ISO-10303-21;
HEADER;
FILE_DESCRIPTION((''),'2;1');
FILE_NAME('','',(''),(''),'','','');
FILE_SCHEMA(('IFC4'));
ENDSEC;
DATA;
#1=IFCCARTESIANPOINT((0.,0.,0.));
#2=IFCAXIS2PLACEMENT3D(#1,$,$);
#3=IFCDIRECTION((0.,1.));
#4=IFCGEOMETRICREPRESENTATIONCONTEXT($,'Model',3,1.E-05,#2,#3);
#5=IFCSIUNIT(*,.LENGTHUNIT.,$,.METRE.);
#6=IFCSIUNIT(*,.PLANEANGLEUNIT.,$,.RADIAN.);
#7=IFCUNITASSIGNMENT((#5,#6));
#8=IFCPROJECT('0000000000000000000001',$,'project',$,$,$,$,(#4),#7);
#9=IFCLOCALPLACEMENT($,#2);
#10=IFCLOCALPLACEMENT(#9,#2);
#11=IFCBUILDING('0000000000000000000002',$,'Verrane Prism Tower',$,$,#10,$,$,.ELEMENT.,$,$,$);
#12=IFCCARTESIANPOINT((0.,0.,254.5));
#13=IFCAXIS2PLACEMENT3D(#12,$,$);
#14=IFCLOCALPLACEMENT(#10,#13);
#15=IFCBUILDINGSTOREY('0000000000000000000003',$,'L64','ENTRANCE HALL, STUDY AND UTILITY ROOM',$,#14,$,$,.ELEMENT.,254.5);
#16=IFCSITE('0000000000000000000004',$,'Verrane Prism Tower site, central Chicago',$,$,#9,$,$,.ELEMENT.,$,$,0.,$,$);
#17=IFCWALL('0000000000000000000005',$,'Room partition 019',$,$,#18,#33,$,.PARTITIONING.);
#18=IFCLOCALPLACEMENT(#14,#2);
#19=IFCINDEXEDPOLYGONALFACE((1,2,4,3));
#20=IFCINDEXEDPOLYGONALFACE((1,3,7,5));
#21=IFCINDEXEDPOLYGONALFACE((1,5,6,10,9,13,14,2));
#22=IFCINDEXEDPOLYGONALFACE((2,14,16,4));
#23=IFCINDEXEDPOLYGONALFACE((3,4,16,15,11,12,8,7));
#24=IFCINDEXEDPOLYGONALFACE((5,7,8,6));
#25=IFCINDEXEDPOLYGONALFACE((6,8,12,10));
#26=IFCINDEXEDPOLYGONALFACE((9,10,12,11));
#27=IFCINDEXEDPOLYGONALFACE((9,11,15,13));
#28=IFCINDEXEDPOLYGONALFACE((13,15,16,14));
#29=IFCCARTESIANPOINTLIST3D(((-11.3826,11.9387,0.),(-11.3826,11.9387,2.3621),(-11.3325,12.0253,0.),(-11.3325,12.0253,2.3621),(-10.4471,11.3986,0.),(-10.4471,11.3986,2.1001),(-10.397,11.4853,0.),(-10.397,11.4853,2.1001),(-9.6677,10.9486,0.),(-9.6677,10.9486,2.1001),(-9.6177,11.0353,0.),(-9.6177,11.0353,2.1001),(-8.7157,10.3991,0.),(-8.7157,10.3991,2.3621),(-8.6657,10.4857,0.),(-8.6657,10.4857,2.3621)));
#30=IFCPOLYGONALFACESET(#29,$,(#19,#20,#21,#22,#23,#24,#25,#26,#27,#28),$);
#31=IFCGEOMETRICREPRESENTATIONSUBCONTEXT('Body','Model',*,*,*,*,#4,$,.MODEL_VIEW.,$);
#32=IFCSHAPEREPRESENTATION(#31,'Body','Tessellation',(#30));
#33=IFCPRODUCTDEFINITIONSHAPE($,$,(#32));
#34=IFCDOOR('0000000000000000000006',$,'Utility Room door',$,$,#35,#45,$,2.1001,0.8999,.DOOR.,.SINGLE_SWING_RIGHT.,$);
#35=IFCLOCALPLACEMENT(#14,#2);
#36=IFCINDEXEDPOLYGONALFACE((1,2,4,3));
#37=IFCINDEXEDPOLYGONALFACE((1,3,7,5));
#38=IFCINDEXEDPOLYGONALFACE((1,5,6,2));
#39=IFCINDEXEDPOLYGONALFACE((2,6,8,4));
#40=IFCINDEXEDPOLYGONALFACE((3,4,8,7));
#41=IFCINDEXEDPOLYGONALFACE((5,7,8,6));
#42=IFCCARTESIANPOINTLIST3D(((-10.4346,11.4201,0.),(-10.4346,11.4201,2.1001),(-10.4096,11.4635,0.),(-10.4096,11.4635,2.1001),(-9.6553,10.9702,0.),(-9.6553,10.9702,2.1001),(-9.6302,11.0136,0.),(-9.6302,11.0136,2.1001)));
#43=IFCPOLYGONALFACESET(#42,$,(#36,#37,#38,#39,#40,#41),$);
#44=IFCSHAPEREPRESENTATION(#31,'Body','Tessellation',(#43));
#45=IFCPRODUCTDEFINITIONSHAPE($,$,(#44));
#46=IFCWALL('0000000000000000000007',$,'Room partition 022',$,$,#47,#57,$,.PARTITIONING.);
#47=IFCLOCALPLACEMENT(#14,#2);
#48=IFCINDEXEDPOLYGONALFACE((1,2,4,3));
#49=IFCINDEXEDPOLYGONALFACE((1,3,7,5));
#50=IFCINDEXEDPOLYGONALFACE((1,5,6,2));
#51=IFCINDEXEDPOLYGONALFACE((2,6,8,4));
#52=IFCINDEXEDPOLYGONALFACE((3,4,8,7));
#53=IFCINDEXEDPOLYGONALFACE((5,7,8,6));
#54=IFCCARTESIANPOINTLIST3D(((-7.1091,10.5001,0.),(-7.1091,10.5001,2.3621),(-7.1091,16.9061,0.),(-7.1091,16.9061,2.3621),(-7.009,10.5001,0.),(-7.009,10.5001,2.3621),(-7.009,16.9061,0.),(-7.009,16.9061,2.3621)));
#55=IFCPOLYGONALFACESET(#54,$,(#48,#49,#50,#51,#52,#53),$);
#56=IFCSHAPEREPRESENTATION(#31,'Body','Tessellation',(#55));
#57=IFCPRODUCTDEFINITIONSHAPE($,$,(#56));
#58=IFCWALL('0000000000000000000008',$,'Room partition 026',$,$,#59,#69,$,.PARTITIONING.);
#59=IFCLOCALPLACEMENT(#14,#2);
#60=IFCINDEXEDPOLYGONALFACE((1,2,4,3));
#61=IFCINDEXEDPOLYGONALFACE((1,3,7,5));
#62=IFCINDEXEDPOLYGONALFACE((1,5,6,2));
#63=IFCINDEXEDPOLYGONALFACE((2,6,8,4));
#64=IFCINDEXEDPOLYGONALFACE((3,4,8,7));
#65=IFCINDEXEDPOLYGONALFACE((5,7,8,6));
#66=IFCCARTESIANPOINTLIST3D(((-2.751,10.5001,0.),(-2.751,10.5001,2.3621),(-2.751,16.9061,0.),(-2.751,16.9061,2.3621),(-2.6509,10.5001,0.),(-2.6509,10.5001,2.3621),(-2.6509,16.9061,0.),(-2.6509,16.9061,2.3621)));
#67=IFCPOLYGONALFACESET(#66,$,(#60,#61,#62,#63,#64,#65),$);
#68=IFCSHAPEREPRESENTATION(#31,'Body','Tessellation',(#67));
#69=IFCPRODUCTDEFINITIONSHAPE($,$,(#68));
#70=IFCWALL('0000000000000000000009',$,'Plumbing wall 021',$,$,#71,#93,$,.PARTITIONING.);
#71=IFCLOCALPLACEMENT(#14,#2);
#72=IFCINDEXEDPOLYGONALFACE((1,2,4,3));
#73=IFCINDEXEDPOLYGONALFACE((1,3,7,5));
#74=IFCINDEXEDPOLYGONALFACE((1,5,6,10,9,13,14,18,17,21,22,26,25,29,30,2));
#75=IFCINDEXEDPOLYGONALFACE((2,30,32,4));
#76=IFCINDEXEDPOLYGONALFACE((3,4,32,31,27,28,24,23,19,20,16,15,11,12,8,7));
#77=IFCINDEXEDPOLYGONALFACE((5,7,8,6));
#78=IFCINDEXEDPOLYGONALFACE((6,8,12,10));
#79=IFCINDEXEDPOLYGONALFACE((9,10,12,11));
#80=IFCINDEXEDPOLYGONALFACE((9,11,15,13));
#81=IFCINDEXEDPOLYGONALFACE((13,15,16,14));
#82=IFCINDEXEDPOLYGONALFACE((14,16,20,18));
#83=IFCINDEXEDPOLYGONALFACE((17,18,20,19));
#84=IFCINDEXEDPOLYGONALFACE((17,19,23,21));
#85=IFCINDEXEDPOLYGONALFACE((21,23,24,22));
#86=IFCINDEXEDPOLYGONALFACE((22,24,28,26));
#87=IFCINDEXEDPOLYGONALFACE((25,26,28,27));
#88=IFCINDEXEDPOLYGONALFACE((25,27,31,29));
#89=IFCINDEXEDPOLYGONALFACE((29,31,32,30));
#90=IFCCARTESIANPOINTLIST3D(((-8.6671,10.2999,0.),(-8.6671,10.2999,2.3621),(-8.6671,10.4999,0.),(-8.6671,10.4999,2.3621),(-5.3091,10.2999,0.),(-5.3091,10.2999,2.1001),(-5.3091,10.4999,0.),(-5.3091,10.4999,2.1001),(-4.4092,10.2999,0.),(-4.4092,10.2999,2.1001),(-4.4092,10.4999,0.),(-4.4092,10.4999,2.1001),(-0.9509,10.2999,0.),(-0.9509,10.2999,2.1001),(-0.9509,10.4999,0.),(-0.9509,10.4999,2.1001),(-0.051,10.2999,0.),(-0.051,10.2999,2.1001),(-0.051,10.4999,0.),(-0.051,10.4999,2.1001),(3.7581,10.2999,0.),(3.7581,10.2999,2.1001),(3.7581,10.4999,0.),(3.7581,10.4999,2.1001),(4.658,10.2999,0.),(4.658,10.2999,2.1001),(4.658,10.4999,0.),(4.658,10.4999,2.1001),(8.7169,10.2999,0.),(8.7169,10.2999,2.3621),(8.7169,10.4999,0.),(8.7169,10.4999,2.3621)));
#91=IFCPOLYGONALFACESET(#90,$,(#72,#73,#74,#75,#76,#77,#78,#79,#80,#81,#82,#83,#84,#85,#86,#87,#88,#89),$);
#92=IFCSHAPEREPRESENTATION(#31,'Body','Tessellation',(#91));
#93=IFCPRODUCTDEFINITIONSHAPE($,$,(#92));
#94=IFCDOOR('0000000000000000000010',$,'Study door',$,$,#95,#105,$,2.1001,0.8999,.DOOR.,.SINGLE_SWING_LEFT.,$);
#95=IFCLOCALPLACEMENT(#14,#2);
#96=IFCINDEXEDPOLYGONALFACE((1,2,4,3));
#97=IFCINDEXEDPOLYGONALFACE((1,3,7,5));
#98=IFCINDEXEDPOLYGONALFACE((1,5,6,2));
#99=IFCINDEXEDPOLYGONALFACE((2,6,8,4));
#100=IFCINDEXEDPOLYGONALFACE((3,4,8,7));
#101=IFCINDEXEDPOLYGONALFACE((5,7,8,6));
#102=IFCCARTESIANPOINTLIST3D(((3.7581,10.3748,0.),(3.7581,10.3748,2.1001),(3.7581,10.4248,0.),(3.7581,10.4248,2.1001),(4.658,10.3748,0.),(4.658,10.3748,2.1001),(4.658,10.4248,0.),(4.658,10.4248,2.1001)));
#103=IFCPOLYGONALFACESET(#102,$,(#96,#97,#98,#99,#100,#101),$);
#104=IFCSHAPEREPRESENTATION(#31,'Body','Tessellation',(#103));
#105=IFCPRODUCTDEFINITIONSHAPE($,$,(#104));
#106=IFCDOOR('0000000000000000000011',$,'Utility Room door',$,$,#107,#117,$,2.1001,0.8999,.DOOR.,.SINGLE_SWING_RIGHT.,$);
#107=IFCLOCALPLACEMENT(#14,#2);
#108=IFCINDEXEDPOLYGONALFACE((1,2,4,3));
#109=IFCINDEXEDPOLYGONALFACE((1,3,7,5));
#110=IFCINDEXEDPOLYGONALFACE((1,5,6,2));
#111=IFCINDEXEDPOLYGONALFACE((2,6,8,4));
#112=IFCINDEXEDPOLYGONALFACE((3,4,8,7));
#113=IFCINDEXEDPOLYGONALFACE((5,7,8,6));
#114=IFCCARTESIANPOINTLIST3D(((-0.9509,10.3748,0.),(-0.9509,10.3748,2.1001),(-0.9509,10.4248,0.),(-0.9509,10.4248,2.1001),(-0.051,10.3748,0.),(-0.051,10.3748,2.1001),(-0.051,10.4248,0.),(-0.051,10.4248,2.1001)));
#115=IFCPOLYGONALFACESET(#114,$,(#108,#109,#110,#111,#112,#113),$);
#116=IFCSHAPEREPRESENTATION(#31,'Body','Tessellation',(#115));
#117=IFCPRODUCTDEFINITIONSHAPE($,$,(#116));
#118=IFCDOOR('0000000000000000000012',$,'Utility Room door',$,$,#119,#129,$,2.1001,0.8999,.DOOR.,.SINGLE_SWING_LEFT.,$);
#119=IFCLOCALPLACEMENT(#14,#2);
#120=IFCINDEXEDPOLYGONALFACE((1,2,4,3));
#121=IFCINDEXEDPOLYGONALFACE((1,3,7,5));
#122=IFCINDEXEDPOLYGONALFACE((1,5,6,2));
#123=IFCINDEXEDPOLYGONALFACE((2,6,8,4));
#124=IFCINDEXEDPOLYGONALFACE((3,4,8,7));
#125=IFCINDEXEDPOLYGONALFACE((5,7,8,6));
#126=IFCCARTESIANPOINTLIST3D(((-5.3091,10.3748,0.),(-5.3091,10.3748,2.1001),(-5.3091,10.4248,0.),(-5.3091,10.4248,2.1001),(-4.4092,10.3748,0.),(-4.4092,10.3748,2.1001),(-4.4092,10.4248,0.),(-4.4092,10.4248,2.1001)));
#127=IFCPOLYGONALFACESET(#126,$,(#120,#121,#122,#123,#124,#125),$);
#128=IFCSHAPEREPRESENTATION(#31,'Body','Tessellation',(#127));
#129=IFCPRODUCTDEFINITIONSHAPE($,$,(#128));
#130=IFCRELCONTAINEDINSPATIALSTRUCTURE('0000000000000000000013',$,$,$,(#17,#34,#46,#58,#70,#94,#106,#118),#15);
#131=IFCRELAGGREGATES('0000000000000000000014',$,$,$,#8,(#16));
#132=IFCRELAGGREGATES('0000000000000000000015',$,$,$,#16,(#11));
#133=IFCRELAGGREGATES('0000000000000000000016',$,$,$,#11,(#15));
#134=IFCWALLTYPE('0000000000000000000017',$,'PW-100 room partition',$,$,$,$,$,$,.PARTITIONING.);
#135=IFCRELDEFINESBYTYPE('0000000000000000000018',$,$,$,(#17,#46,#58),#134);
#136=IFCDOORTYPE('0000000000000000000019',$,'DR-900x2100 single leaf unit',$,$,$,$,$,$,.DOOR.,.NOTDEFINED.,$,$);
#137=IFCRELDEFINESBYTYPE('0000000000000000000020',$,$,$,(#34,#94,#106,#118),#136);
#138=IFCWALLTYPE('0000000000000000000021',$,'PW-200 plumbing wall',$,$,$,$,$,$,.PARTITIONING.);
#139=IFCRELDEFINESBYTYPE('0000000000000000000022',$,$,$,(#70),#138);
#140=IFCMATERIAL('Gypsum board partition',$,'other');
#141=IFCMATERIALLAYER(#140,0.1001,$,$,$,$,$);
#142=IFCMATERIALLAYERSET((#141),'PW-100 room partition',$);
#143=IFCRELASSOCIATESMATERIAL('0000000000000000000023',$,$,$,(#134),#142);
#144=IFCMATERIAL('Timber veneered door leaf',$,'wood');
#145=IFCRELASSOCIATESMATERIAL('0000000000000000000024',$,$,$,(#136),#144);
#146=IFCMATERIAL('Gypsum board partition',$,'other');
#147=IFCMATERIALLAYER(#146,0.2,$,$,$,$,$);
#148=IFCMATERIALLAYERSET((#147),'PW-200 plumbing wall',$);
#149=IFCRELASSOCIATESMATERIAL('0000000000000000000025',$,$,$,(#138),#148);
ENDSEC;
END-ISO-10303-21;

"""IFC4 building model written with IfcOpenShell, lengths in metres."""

from ifc_helpers import new_model, si_unit, direction, frame, frame_2d, origin, place, context, subcontext, project, spatial, rectangle, extrude, material, layer, layer_set, type_object, element, fill, save


model = new_model("IFC4")

# Units and contexts
model_context = context("Model", 3, precision=1e-05, world=origin(), true_north=direction((0.0, 1.0)))
body_context = subcontext(model_context, "Body", "Model", "MODEL_VIEW")
ifc_project = project(units=[si_unit("LENGTHUNIT", "METRE"), si_unit("PLANEANGLEUNIT", "RADIAN")], contexts=[model_context])

# Site, building, storey
site_placement = place(None, origin())
site = spatial("IfcSite", under=ifc_project, at=site_placement, Name="Verrane Prism Tower site, central Chicago", CompositionType="ELEMENT", RefElevation=0.0)
building_placement = place(site_placement, origin())
building = spatial("IfcBuilding", under=site, at=building_placement, Name="Verrane Prism Tower", CompositionType="ELEMENT")
storey_placement = place(building_placement, frame((0.0, 0.0, 254.5)))
storey = spatial("IfcBuildingStorey", under=building, at=storey_placement, Name="L64", Description="ENTRANCE HALL, STUDY AND UTILITY ROOM", CompositionType="ELEMENT", Elevation=254.5)

# Shared definitions
ifc_material_1 = material(Name="Gypsum board partition", Category="other")
ifc_layer_1 = layer(ifc_material_1, 0.1001)
ifc_layer_set_1 = layer_set([ifc_layer_1], Name="PW-100 room partition")
wall_type_1 = type_object("IfcWallType", Name="PW-100 room partition", PredefinedType="PARTITIONING", material=ifc_layer_set_1)

# Wall, opening, door
wall_1_placement = place(storey_placement, frame((-11.3574, 11.9819, 0.0), z_axis=(0.0, 0.0, 1.0), x_axis=(0.866039, -0.499976, 0.0)))
wall_1 = element("IfcWall", 1, at=wall_1_placement, inside=storey, type_object=wall_type_1, Name="Room partition 019", PredefinedType="PARTITIONING", context=body_context, shape_type="SweptSolid", body=[
    extrude(rectangle(XDim=3.0793, YDim=0.1001, at=frame_2d((1.5396, 0.0))), origin(), (0.0, 0.0, 1.0), 2.3621),
])
opening_1_placement = place(wall_1_placement, frame((1.0801, 0.0, 0.0)))
opening_1 = element("IfcOpeningElement", 2, at=opening_1_placement, cuts=wall_1, PredefinedType="OPENING", context=body_context, shape_type="SweptSolid", body=[
    extrude(rectangle(XDim=0.8999, YDim=2.1001, at=frame_2d((0.45, 1.05))), frame((0.0, 0.0601, 0.0), z_axis=(0.0, -1.0, 0.0), x_axis=(1.0, 0.0, 0.0)), (0.0, 0.0, 1.0), 0.1201),
])
ifc_material_2 = material(Name="Timber veneered door leaf", Category="wood")
door_type = type_object("IfcDoorType", Name="DR-900x2100 single leaf unit", OperationType="NOTDEFINED", PredefinedType="DOOR", material=ifc_material_2)
door_1_placement = place(opening_1_placement, origin())
door_1 = element("IfcDoor", 3, at=door_1_placement, inside=storey, type_object=door_type, Name="Utility Room door", OperationType="SINGLE_SWING_RIGHT", OverallHeight=2.1001, OverallWidth=0.8999, PredefinedType="DOOR", context=body_context, shape_type="SweptSolid", body=[
    extrude(rectangle(XDim=0.8999, YDim=2.1001, at=frame_2d((0.45, 1.05))), frame((0.0, 0.0249, 0.0), z_axis=(0.0, -1.0, 0.0), x_axis=(1.0, 0.0, 0.0)), (0.0, 0.0, 1.0), 0.05),
])
fill(opening_1, door_1)

# Walls
for number, where, z_axis, x_axis, name in (
    (4, (-7.0591, 10.5, 0.0), (0.0, 0.0, 1.0), (0.0, 1.0, 0.0), "Room partition 022"),
    (5, (-2.7009, 10.5, 0.0), (0.0, 0.0, 1.0), (0.0, 1.0, 0.0), "Room partition 026"),
):
    element("IfcWall", number, at=place(storey_placement, frame(where, z_axis=z_axis, x_axis=x_axis)), inside=storey, type_object=wall_type_1, Name=name, PredefinedType="PARTITIONING", context=body_context, shape_type="SweptSolid", body=[
        extrude(rectangle(XDim=6.406, YDim=0.1001, at=frame_2d((3.2031, 0.0))), origin(), (0.0, 0.0, 1.0), 2.3621),
    ])

# Wall, openings, doors
ifc_material_3 = material(Name="Gypsum board partition", Category="other")
ifc_layer_2 = layer(ifc_material_3, 0.2)
ifc_layer_set_2 = layer_set([ifc_layer_2], Name="PW-200 plumbing wall")
wall_type_2 = type_object("IfcWallType", Name="PW-200 plumbing wall", PredefinedType="PARTITIONING", material=ifc_layer_set_2)
wall_2_placement = place(storey_placement, frame((-8.667, 10.3999, 0.0), z_axis=(0.0, 0.0, 1.0), x_axis=(1.0, 0.0, 0.0)))
wall_2 = element("IfcWall", 6, at=wall_2_placement, inside=storey, type_object=wall_type_2, Name="Plumbing wall 021", PredefinedType="PARTITIONING", context=body_context, shape_type="SweptSolid", body=[
    extrude(rectangle(XDim=17.384, YDim=0.2, at=frame_2d((8.6919, 0.0))), origin(), (0.0, 0.0, 1.0), 2.3621),
])
opening_2_placement = place(wall_2_placement, frame((12.425, 0.0, 0.0)))
opening_2 = element("IfcOpeningElement", 7, at=opening_2_placement, cuts=wall_2, PredefinedType="OPENING", context=body_context, shape_type="SweptSolid", body=[
    extrude(rectangle(XDim=0.8999, YDim=2.1001, at=frame_2d((0.45, 1.05))), frame((0.0, 0.1099, 0.0), z_axis=(0.0, -1.0, 0.0), x_axis=(1.0, 0.0, 0.0)), (0.0, 0.0, 1.0), 0.22),
])
opening_3_placement = place(wall_2_placement, frame((7.7161, 0.0, 0.0)))
opening_3 = element("IfcOpeningElement", 8, at=opening_3_placement, cuts=wall_2, PredefinedType="OPENING", context=body_context, shape_type="SweptSolid", body=[
    extrude(rectangle(XDim=0.8999, YDim=2.1001, at=frame_2d((0.45, 1.05))), frame((0.0, 0.1099, 0.0), z_axis=(0.0, -1.0, 0.0), x_axis=(1.0, 0.0, 0.0)), (0.0, 0.0, 1.0), 0.22),
])
opening_4_placement = place(wall_2_placement, frame((3.3579, 0.0, 0.0)))
opening_4 = element("IfcOpeningElement", 9, at=opening_4_placement, cuts=wall_2, PredefinedType="OPENING", context=body_context, shape_type="SweptSolid", body=[
    extrude(rectangle(XDim=0.8999, YDim=2.1001, at=frame_2d((0.45, 1.05))), frame((0.0, 0.1099, 0.0), z_axis=(0.0, -1.0, 0.0), x_axis=(1.0, 0.0, 0.0)), (0.0, 0.0, 1.0), 0.22),
])
door_2_placement = place(opening_2_placement, origin())
door_2 = element("IfcDoor", 10, at=door_2_placement, inside=storey, type_object=door_type, Name="Study door", OperationType="SINGLE_SWING_LEFT", OverallHeight=2.1001, OverallWidth=0.8999, PredefinedType="DOOR", context=body_context, shape_type="SweptSolid", body=[
    extrude(rectangle(XDim=0.8999, YDim=2.1001, at=frame_2d((0.45, 1.05))), frame((0.0, 0.0249, 0.0), z_axis=(0.0, -1.0, 0.0), x_axis=(1.0, 0.0, 0.0)), (0.0, 0.0, 1.0), 0.05),
])
fill(opening_2, door_2)
door_3_placement = place(opening_3_placement, origin())
door_3 = element("IfcDoor", 11, at=door_3_placement, inside=storey, type_object=door_type, Name="Utility Room door", OperationType="SINGLE_SWING_RIGHT", OverallHeight=2.1001, OverallWidth=0.8999, PredefinedType="DOOR", context=body_context, shape_type="SweptSolid", body=[
    extrude(rectangle(XDim=0.8999, YDim=2.1001, at=frame_2d((0.45, 1.05))), frame((0.0, 0.0249, 0.0), z_axis=(0.0, -1.0, 0.0), x_axis=(1.0, 0.0, 0.0)), (0.0, 0.0, 1.0), 0.05),
])
fill(opening_3, door_3)
door_4_placement = place(opening_4_placement, origin())
door_4 = element("IfcDoor", 12, at=door_4_placement, inside=storey, type_object=door_type, Name="Utility Room door", OperationType="SINGLE_SWING_LEFT", OverallHeight=2.1001, OverallWidth=0.8999, PredefinedType="DOOR", context=body_context, shape_type="SweptSolid", body=[
    extrude(rectangle(XDim=0.8999, YDim=2.1001, at=frame_2d((0.45, 1.05))), frame((0.0, 0.0249, 0.0), z_axis=(0.0, -1.0, 0.0), x_axis=(1.0, 0.0, 0.0)), (0.0, 0.0, 1.0), 0.05),
])
fill(opening_4, door_4)

save(model, "model.ifc")
